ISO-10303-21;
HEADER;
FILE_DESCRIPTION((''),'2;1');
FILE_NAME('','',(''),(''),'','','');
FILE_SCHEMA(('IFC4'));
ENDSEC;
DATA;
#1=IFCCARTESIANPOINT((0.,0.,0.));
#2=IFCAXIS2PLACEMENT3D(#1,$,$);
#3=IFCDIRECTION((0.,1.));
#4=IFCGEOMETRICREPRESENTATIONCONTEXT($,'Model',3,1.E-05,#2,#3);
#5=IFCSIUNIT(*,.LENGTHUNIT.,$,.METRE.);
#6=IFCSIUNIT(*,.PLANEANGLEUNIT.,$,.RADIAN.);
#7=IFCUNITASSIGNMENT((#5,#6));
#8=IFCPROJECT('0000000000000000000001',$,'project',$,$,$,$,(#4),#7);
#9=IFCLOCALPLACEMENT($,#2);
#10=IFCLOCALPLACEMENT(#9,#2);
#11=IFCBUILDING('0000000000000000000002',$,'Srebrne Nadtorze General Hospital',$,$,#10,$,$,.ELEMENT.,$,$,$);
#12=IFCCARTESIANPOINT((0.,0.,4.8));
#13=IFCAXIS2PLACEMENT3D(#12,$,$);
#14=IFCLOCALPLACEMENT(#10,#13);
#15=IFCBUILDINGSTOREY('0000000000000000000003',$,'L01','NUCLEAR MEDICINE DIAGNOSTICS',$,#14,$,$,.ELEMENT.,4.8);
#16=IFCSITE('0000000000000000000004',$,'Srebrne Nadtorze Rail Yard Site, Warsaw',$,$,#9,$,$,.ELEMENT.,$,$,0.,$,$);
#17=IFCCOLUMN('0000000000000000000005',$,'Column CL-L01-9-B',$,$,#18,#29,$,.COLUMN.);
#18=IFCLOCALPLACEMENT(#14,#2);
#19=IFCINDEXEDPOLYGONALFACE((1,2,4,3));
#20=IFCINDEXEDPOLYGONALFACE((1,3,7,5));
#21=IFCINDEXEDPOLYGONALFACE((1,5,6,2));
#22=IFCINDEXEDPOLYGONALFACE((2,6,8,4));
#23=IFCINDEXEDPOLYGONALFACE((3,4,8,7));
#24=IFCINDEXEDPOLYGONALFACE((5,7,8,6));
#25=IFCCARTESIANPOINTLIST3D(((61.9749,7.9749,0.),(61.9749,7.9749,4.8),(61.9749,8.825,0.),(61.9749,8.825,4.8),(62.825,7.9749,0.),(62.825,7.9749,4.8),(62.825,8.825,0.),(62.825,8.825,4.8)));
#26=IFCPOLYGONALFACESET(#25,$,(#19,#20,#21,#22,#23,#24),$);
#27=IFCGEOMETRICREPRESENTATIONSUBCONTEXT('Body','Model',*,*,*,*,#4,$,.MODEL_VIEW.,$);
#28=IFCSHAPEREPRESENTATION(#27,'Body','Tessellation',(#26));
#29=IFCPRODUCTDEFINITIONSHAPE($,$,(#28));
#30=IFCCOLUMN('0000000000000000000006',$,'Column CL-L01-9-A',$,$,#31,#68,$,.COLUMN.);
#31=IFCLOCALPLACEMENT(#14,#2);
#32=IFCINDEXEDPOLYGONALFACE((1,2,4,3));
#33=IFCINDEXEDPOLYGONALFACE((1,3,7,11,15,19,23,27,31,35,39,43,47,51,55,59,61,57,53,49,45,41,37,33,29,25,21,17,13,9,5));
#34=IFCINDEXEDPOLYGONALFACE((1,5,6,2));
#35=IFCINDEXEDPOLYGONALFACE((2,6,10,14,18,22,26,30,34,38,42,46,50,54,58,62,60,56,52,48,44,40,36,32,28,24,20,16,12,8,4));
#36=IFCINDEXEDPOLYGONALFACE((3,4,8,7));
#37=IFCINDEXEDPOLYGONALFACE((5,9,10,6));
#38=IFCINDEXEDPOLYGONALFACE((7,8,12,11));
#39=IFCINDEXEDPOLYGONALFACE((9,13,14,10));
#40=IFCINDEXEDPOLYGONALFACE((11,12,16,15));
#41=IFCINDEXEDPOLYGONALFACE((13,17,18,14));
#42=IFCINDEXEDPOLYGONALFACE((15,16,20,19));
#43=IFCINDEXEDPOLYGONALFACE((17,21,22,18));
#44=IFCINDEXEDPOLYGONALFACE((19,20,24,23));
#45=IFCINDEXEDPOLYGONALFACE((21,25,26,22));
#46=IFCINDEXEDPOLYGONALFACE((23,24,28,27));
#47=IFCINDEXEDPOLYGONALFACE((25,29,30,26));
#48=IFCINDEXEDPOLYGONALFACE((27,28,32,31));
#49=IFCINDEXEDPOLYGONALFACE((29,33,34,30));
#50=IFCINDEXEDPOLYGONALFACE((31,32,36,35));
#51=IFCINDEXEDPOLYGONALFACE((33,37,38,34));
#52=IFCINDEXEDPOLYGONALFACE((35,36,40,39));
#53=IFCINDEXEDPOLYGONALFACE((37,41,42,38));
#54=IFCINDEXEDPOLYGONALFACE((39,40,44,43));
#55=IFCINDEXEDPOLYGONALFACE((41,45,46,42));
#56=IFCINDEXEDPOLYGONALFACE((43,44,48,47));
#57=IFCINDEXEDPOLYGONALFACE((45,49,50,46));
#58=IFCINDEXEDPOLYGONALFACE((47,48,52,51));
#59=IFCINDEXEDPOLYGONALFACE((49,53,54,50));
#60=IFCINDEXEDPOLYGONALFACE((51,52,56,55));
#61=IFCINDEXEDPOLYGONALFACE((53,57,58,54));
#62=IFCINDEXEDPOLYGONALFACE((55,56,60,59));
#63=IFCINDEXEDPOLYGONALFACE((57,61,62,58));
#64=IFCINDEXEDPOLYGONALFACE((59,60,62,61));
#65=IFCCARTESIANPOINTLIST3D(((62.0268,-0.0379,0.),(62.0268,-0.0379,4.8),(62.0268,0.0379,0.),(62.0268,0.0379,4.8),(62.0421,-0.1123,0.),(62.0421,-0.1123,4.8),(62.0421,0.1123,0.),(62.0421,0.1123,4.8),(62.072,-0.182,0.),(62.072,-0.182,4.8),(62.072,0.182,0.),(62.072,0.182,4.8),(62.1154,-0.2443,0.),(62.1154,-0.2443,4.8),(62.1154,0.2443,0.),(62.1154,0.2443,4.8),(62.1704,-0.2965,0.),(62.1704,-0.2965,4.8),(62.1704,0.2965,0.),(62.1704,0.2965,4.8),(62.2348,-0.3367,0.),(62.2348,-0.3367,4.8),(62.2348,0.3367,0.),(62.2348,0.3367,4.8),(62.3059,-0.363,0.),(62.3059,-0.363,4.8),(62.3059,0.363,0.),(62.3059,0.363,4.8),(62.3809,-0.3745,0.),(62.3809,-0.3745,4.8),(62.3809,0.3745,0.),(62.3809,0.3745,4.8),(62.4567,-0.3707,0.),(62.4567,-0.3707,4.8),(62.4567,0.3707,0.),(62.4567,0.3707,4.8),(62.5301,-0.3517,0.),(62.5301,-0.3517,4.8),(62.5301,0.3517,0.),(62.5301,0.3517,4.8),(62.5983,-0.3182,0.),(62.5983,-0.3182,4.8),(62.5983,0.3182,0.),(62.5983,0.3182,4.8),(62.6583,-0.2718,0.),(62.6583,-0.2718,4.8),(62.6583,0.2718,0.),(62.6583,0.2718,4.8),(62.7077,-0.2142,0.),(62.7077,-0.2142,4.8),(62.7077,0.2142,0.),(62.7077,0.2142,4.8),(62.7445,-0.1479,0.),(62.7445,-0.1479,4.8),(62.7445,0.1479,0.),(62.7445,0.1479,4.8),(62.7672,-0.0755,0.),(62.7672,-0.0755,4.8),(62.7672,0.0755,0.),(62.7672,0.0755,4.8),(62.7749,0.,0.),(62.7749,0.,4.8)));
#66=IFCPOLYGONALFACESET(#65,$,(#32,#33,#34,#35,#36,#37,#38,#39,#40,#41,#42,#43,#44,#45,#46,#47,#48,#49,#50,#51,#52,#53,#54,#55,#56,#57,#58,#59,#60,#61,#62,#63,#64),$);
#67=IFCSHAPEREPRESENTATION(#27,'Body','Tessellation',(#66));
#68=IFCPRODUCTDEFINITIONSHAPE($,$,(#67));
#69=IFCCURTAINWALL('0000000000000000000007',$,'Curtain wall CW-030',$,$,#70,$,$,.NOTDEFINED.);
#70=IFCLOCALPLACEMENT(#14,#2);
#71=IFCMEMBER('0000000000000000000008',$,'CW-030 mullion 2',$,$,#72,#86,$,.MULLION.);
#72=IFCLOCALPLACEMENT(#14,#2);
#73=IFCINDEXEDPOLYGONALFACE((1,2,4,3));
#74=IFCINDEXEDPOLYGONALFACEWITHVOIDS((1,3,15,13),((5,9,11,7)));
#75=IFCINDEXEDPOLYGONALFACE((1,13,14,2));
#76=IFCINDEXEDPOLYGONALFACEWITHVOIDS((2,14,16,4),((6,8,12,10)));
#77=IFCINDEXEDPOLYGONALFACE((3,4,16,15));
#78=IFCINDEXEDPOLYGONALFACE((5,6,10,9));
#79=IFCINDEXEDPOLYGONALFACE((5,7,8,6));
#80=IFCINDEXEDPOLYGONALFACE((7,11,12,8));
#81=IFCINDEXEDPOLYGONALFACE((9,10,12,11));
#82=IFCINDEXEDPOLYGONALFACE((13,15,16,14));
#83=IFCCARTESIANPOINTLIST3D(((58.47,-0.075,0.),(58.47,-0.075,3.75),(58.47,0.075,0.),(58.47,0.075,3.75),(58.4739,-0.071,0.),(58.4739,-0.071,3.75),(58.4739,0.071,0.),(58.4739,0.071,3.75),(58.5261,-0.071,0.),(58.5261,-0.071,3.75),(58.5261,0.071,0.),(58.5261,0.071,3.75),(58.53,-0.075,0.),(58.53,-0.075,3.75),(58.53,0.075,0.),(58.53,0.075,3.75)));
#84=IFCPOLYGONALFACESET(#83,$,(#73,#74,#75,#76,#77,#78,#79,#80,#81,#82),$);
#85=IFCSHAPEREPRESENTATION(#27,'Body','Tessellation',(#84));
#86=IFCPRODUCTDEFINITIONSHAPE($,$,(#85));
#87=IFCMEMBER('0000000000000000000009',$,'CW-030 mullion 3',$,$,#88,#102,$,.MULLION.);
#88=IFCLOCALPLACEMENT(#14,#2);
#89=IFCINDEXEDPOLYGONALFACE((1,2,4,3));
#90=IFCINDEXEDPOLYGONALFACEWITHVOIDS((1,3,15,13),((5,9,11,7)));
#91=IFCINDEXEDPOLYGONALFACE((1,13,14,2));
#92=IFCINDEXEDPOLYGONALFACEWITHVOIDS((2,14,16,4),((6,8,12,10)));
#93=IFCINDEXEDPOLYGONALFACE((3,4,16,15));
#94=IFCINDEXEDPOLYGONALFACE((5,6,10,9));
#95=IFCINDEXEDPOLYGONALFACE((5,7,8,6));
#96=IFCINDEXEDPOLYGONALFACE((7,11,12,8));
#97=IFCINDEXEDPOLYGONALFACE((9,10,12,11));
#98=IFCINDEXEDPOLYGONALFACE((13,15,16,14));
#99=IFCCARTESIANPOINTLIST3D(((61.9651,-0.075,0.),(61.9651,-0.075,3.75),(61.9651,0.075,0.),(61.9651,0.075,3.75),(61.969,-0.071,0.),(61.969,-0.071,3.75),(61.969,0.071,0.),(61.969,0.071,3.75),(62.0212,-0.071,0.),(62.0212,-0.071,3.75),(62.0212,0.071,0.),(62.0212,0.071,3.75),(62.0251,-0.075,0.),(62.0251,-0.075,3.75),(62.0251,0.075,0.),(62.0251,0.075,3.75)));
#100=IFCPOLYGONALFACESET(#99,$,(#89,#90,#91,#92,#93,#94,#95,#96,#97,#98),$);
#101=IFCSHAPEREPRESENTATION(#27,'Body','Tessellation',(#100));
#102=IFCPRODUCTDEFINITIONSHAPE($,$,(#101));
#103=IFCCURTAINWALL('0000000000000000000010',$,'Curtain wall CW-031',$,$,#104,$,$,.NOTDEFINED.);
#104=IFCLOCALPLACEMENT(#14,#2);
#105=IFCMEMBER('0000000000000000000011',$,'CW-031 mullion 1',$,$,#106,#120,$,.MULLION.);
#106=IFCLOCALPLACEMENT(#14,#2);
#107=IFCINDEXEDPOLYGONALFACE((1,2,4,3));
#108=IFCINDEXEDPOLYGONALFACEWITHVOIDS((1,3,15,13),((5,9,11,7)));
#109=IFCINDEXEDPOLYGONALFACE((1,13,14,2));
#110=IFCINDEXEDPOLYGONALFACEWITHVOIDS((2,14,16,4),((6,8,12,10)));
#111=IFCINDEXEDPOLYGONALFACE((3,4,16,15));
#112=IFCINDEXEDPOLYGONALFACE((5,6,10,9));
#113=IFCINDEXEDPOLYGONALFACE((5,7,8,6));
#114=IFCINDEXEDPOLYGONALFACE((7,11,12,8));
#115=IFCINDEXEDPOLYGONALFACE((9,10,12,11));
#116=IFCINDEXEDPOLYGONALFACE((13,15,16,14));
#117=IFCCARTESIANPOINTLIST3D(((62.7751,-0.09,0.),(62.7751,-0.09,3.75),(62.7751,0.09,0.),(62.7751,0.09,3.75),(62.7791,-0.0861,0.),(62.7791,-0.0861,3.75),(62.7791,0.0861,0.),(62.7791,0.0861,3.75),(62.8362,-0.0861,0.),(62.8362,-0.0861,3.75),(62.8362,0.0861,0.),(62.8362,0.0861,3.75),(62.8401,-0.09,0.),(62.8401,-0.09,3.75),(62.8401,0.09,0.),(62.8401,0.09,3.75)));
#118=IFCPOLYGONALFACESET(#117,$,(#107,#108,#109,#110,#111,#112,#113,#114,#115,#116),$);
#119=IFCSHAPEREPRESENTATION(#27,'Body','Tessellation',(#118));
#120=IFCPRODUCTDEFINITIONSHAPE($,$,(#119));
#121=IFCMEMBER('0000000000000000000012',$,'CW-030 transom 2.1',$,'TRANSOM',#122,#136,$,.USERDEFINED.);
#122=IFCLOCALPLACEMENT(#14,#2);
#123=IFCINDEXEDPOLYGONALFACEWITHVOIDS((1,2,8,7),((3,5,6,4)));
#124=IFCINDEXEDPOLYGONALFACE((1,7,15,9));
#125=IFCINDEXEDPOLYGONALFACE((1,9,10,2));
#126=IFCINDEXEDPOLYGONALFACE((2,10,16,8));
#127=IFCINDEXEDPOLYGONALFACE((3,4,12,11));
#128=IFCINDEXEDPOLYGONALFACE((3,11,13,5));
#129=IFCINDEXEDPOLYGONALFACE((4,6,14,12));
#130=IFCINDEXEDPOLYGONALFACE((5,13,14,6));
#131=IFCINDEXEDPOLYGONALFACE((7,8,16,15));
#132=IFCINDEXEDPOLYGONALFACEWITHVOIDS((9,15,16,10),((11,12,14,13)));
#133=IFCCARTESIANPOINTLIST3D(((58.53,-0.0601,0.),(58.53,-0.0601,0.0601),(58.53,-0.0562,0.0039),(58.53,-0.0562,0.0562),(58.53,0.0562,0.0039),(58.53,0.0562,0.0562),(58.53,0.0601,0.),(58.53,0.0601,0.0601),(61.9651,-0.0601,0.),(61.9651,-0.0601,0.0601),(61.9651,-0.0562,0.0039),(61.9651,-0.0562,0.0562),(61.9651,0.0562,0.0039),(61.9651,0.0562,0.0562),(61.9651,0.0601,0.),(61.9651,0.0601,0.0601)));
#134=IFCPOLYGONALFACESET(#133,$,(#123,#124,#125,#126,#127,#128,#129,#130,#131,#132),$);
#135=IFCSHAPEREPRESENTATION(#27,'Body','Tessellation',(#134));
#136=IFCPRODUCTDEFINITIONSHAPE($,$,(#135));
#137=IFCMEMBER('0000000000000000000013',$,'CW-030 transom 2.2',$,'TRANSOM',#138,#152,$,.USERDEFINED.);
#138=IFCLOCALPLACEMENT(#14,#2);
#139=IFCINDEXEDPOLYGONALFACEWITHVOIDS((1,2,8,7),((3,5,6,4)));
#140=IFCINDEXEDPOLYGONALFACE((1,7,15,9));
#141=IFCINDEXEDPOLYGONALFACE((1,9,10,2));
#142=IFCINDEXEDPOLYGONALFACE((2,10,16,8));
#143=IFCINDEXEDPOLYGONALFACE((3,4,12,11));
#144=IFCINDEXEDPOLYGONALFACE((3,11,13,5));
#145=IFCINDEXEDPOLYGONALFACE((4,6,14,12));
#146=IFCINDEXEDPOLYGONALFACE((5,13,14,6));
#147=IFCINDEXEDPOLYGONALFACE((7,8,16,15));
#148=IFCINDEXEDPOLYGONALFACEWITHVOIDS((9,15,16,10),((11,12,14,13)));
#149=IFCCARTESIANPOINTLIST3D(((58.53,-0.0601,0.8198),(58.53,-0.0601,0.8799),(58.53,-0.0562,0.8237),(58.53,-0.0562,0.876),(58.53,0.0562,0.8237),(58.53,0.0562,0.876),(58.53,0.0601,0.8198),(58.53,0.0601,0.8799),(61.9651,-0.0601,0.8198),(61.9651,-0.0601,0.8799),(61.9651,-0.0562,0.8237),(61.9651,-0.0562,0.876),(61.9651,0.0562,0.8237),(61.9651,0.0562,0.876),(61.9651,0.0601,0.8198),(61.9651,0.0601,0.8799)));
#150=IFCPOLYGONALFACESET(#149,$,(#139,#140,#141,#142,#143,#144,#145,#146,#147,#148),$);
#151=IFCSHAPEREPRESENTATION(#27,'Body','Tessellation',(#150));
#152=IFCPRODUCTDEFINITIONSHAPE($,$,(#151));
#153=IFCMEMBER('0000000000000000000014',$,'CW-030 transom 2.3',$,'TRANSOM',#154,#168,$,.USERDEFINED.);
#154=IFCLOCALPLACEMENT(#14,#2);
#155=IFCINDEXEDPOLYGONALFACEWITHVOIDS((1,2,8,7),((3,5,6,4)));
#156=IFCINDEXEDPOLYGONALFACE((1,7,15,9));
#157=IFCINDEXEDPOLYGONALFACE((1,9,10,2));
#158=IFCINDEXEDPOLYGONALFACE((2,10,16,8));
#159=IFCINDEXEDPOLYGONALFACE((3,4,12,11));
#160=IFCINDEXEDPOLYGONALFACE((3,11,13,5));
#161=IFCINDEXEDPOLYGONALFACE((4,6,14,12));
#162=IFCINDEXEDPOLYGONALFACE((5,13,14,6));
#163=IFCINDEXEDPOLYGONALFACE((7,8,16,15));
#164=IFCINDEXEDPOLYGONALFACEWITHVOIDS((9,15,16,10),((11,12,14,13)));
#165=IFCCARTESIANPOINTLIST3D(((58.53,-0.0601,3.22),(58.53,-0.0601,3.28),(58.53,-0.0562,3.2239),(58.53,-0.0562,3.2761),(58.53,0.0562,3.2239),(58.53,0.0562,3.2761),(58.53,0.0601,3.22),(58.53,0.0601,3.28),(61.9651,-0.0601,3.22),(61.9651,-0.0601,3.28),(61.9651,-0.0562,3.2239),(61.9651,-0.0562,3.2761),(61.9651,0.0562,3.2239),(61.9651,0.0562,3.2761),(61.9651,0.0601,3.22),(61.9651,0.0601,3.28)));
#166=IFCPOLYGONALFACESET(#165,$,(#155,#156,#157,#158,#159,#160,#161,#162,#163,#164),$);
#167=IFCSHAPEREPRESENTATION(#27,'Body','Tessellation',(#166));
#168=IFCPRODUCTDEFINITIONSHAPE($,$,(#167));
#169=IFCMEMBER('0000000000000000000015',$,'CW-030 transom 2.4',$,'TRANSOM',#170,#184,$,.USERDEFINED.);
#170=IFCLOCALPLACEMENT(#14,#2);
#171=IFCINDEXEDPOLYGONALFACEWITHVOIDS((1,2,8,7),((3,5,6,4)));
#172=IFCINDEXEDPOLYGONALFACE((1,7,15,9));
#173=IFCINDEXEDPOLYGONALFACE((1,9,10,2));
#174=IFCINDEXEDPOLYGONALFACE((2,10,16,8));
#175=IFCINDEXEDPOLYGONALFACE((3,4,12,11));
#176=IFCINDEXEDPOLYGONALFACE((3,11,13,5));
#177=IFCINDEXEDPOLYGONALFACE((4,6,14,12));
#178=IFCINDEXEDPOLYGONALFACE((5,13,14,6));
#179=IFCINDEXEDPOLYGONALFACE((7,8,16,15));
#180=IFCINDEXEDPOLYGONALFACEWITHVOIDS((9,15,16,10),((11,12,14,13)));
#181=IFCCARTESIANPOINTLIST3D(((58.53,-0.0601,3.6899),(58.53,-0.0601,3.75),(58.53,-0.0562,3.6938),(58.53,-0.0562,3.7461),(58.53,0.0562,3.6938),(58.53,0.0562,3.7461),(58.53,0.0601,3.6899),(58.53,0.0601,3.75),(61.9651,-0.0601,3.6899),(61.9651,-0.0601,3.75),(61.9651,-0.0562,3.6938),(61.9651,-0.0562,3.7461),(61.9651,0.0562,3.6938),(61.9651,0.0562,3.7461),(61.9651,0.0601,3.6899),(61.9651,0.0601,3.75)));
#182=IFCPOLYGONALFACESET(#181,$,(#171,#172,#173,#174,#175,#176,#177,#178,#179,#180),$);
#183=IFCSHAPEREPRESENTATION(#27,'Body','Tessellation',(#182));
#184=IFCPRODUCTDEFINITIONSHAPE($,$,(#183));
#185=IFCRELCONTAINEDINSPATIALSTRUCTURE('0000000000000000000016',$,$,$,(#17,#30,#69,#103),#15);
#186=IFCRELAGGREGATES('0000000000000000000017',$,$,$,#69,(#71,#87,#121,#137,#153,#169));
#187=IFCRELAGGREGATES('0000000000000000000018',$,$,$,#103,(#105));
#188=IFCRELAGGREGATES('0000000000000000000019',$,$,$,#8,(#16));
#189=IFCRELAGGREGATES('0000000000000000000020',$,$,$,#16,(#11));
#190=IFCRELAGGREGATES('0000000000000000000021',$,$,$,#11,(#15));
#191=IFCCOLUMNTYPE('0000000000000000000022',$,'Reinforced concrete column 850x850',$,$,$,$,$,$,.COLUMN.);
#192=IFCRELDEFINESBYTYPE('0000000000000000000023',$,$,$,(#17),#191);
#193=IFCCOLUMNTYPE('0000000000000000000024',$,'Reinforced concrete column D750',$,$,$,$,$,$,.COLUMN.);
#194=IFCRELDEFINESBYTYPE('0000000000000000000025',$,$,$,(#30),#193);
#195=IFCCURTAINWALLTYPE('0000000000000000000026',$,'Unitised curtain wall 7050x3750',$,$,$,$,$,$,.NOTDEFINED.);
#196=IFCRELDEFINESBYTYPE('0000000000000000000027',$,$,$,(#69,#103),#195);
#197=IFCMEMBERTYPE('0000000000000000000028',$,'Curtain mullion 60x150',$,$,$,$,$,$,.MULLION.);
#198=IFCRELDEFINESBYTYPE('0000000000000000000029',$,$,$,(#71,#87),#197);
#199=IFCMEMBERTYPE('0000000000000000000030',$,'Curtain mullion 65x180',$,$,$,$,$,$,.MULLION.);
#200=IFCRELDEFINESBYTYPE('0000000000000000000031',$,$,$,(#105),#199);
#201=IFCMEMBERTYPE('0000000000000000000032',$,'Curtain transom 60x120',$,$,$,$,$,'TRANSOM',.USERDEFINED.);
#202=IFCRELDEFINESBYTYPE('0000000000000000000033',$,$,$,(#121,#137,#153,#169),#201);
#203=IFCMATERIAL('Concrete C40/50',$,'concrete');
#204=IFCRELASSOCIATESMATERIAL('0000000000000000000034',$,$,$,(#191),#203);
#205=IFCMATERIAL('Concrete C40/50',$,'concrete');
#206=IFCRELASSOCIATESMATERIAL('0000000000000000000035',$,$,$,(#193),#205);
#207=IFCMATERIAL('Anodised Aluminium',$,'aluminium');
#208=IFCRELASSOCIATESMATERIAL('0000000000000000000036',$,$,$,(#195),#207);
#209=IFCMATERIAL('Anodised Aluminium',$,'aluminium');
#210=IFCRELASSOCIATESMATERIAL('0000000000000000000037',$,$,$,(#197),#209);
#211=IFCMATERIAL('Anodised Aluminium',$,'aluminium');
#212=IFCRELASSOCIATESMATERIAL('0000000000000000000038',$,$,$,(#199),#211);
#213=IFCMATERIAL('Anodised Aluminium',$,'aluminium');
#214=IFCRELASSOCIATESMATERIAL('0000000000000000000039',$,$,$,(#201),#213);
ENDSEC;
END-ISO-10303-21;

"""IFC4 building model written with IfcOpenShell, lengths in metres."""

from ifc_helpers import new_model, si_unit, direction, frame, origin, origin_2d, place, context, subcontext, project, spatial, rectangle, hollow_rectangle, circle, extrude, material, material_profile, profile_set, type_object, element, aggregate, save


model = new_model("IFC4")

# Units and contexts
model_context = context("Model", 3, precision=1e-05, world=origin(), true_north=direction((0.0, 1.0)))
body_context = subcontext(model_context, "Body", "Model", "MODEL_VIEW")
ifc_project = project(units=[si_unit("LENGTHUNIT", "METRE"), si_unit("PLANEANGLEUNIT", "RADIAN")], contexts=[model_context])

# Site, building, storey
site_placement = place(None, origin())
site = spatial("IfcSite", under=ifc_project, at=site_placement, Name="Srebrne Nadtorze Rail Yard Site, Warsaw", CompositionType="ELEMENT", RefElevation=0.0)
building_placement = place(site_placement, origin())
building = spatial("IfcBuilding", under=site, at=building_placement, Name="Srebrne Nadtorze General Hospital", CompositionType="ELEMENT")
storey_placement = place(building_placement, frame((0.0, 0.0, 4.8)))
storey = spatial("IfcBuildingStorey", under=building, at=storey_placement, Name="L01", Description="NUCLEAR MEDICINE DIAGNOSTICS", CompositionType="ELEMENT", Elevation=4.8)

# Columns
ifc_material_1 = material(Name="Concrete C40/50", Category="concrete")
ifc_material_profile_1 = material_profile(ifc_material_1, rectangle(XDim=0.8501, YDim=0.8501, at=origin_2d()), Name="RC-COL-850x850")
ifc_profile_set_1 = profile_set([ifc_material_profile_1], Name="Concrete C40/50")
column_type_1 = type_object("IfcColumnType", Name="Reinforced concrete column 850x850", PredefinedType="COLUMN", material=ifc_profile_set_1)
column_1_placement = place(storey_placement, frame((62.3999, 8.3999, 0.0), z_axis=(0.0, 0.0, 1.0), x_axis=(1.0, 0.0, 0.0)))
element("IfcColumn", 1, at=column_1_placement, inside=storey, type_object=column_type_1, Name="Column CL-L01-9-B", PredefinedType="COLUMN", context=body_context, shape_type="SweptSolid", body=[
    extrude(rectangle(XDim=0.8501, YDim=0.8501, at=origin_2d()), origin(), (0.0, 0.0, 1.0), 4.8),
])
ifc_material_2 = material(Name="Concrete C40/50", Category="concrete")
ifc_material_profile_2 = material_profile(ifc_material_2, circle(Radius=0.375, at=origin_2d()), Name="RC-COL-D750")
ifc_profile_set_2 = profile_set([ifc_material_profile_2], Name="Concrete C40/50")
column_type_2 = type_object("IfcColumnType", Name="Reinforced concrete column D750", PredefinedType="COLUMN", material=ifc_profile_set_2)
column_2_placement = place(storey_placement, frame((62.3999, 0.0, 0.0), z_axis=(0.0, 0.0, 1.0), x_axis=(1.0, 0.0, 0.0)))
element("IfcColumn", 2, at=column_2_placement, inside=storey, type_object=column_type_2, Name="Column CL-L01-9-A", PredefinedType="COLUMN", context=body_context, shape_type="SweptSolid", body=[
    extrude(circle(Radius=0.375, at=origin_2d()), origin(), (0.0, 0.0, 1.0), 4.8),
])

# Curtain wall, members
ifc_material_3 = material(Name="Anodised Aluminium", Category="aluminium")
curtain_wall_type = type_object("IfcCurtainWallType", Name="Unitised curtain wall 7050x3750", PredefinedType="NOTDEFINED", material=ifc_material_3)
curtain_wall_1_placement = place(storey_placement, origin())
curtain_wall_1 = element("IfcCurtainWall", 3, at=curtain_wall_1_placement, inside=storey, type_object=curtain_wall_type, Name="Curtain wall CW-030", PredefinedType="NOTDEFINED")
ifc_material_4 = material(Name="Anodised Aluminium", Category="aluminium")
ifc_material_profile_3 = material_profile(ifc_material_4, hollow_rectangle(XDim=0.0601, YDim=0.1499, WallThickness=0.0039, at=origin_2d()), Name="AL-MUL-60x150")
ifc_profile_set_3 = profile_set([ifc_material_profile_3], Name="Anodised Aluminium")
member_type_1 = type_object("IfcMemberType", Name="Curtain mullion 60x150", PredefinedType="MULLION", material=ifc_profile_set_3)
member_1_placement = place(storey_placement, frame((58.5, 0.0, 0.0), z_axis=(0.0, 0.0, 1.0), x_axis=(1.0, 0.0, 0.0)))
member_1 = element("IfcMember", 4, at=member_1_placement, type_object=member_type_1, Name="CW-030 mullion 2", PredefinedType="MULLION", context=body_context, shape_type="SweptSolid", body=[
    extrude(hollow_rectangle(XDim=0.0601, YDim=0.1499, WallThickness=0.0039, at=origin_2d()), origin(), (0.0, 0.0, 1.0), 3.75),
])
member_2_placement = place(storey_placement, frame((61.9951, 0.0, 0.0), z_axis=(0.0, 0.0, 1.0), x_axis=(1.0, 0.0, 0.0)))
member_2 = element("IfcMember", 5, at=member_2_placement, type_object=member_type_1, Name="CW-030 mullion 3", PredefinedType="MULLION", context=body_context, shape_type="SweptSolid", body=[
    extrude(hollow_rectangle(XDim=0.0601, YDim=0.1499, WallThickness=0.0039, at=origin_2d()), origin(), (0.0, 0.0, 1.0), 3.75),
])

# Curtain wall, member
curtain_wall_2_placement = place(storey_placement, origin())
curtain_wall_2 = element("IfcCurtainWall", 6, at=curtain_wall_2_placement, inside=storey, type_object=curtain_wall_type, Name="Curtain wall CW-031", PredefinedType="NOTDEFINED")
ifc_material_5 = material(Name="Anodised Aluminium", Category="aluminium")
ifc_material_profile_4 = material_profile(ifc_material_5, hollow_rectangle(XDim=0.0649, YDim=0.1799, WallThickness=0.0039, at=origin_2d()), Name="AL-MUL-65x180")
ifc_profile_set_4 = profile_set([ifc_material_profile_4], Name="Anodised Aluminium")
member_type_2 = type_object("IfcMemberType", Name="Curtain mullion 65x180", PredefinedType="MULLION", material=ifc_profile_set_4)
member_3_placement = place(storey_placement, frame((62.8076, 0.0, 0.0), z_axis=(0.0, 0.0, 1.0), x_axis=(1.0, 0.0, 0.0)))
member_3 = element("IfcMember", 7, at=member_3_placement, type_object=member_type_2, Name="CW-031 mullion 1", PredefinedType="MULLION", context=body_context, shape_type="SweptSolid", body=[
    extrude(hollow_rectangle(XDim=0.0649, YDim=0.1799, WallThickness=0.0039, at=origin_2d()), origin(), (0.0, 0.0, 1.0), 3.75),
])

# Members
ifc_material_6 = material(Name="Anodised Aluminium", Category="aluminium")
ifc_material_profile_5 = material_profile(ifc_material_6, hollow_rectangle(XDim=0.0601, YDim=0.1201, WallThickness=0.0039, at=origin_2d()), Name="AL-TRN-60x120")
ifc_profile_set_5 = profile_set([ifc_material_profile_5], Name="Anodised Aluminium")
member_type_3 = type_object("IfcMemberType", Name="Curtain transom 60x120", ElementType="TRANSOM", PredefinedType="USERDEFINED", material=ifc_profile_set_5)
member_4_placement = place(storey_placement, frame((58.53, 0.0, 0.03), z_axis=(1.0, 0.0, 0.0), x_axis=(0.0, 0.0, 1.0)))
member_4 = element("IfcMember", 8, at=member_4_placement, type_object=member_type_3, Name="CW-030 transom 2.1", ObjectType="TRANSOM", PredefinedType="USERDEFINED", context=body_context, shape_type="SweptSolid", body=[
    extrude(hollow_rectangle(XDim=0.0601, YDim=0.1201, WallThickness=0.0039, at=origin_2d()), origin(), (0.0, 0.0, 1.0), 3.4351),
])
member_5_placement = place(storey_placement, frame((58.53, 0.0, 0.8499), z_axis=(1.0, 0.0, 0.0), x_axis=(0.0, 0.0, 1.0)))
member_5 = element("IfcMember", 9, at=member_5_placement, type_object=member_type_3, Name="CW-030 transom 2.2", ObjectType="TRANSOM", PredefinedType="USERDEFINED", context=body_context, shape_type="SweptSolid", body=[
    extrude(hollow_rectangle(XDim=0.0601, YDim=0.1201, WallThickness=0.0039, at=origin_2d()), origin(), (0.0, 0.0, 1.0), 3.4351),
])
member_6_placement = place(storey_placement, frame((58.53, 0.0, 3.25), z_axis=(1.0, 0.0, 0.0), x_axis=(0.0, 0.0, 1.0)))
member_6 = element("IfcMember", 10, at=member_6_placement, type_object=member_type_3, Name="CW-030 transom 2.3", ObjectType="TRANSOM", PredefinedType="USERDEFINED", context=body_context, shape_type="SweptSolid", body=[
    extrude(hollow_rectangle(XDim=0.0601, YDim=0.1201, WallThickness=0.0039, at=origin_2d()), origin(), (0.0, 0.0, 1.0), 3.4351),
])
member_7_placement = place(storey_placement, frame((58.53, 0.0, 3.72), z_axis=(1.0, 0.0, 0.0), x_axis=(0.0, 0.0, 1.0)))
member_7 = element("IfcMember", 11, at=member_7_placement, type_object=member_type_3, Name="CW-030 transom 2.4", ObjectType="TRANSOM", PredefinedType="USERDEFINED", context=body_context, shape_type="SweptSolid", body=[
    extrude(hollow_rectangle(XDim=0.0601, YDim=0.1201, WallThickness=0.0039, at=origin_2d()), origin(), (0.0, 0.0, 1.0), 3.4351),
])

aggregate(curtain_wall_1, [member_1, member_2, member_4, member_5, member_6, member_7])
aggregate(curtain_wall_2, [member_3])

save(model, "model.ifc")
